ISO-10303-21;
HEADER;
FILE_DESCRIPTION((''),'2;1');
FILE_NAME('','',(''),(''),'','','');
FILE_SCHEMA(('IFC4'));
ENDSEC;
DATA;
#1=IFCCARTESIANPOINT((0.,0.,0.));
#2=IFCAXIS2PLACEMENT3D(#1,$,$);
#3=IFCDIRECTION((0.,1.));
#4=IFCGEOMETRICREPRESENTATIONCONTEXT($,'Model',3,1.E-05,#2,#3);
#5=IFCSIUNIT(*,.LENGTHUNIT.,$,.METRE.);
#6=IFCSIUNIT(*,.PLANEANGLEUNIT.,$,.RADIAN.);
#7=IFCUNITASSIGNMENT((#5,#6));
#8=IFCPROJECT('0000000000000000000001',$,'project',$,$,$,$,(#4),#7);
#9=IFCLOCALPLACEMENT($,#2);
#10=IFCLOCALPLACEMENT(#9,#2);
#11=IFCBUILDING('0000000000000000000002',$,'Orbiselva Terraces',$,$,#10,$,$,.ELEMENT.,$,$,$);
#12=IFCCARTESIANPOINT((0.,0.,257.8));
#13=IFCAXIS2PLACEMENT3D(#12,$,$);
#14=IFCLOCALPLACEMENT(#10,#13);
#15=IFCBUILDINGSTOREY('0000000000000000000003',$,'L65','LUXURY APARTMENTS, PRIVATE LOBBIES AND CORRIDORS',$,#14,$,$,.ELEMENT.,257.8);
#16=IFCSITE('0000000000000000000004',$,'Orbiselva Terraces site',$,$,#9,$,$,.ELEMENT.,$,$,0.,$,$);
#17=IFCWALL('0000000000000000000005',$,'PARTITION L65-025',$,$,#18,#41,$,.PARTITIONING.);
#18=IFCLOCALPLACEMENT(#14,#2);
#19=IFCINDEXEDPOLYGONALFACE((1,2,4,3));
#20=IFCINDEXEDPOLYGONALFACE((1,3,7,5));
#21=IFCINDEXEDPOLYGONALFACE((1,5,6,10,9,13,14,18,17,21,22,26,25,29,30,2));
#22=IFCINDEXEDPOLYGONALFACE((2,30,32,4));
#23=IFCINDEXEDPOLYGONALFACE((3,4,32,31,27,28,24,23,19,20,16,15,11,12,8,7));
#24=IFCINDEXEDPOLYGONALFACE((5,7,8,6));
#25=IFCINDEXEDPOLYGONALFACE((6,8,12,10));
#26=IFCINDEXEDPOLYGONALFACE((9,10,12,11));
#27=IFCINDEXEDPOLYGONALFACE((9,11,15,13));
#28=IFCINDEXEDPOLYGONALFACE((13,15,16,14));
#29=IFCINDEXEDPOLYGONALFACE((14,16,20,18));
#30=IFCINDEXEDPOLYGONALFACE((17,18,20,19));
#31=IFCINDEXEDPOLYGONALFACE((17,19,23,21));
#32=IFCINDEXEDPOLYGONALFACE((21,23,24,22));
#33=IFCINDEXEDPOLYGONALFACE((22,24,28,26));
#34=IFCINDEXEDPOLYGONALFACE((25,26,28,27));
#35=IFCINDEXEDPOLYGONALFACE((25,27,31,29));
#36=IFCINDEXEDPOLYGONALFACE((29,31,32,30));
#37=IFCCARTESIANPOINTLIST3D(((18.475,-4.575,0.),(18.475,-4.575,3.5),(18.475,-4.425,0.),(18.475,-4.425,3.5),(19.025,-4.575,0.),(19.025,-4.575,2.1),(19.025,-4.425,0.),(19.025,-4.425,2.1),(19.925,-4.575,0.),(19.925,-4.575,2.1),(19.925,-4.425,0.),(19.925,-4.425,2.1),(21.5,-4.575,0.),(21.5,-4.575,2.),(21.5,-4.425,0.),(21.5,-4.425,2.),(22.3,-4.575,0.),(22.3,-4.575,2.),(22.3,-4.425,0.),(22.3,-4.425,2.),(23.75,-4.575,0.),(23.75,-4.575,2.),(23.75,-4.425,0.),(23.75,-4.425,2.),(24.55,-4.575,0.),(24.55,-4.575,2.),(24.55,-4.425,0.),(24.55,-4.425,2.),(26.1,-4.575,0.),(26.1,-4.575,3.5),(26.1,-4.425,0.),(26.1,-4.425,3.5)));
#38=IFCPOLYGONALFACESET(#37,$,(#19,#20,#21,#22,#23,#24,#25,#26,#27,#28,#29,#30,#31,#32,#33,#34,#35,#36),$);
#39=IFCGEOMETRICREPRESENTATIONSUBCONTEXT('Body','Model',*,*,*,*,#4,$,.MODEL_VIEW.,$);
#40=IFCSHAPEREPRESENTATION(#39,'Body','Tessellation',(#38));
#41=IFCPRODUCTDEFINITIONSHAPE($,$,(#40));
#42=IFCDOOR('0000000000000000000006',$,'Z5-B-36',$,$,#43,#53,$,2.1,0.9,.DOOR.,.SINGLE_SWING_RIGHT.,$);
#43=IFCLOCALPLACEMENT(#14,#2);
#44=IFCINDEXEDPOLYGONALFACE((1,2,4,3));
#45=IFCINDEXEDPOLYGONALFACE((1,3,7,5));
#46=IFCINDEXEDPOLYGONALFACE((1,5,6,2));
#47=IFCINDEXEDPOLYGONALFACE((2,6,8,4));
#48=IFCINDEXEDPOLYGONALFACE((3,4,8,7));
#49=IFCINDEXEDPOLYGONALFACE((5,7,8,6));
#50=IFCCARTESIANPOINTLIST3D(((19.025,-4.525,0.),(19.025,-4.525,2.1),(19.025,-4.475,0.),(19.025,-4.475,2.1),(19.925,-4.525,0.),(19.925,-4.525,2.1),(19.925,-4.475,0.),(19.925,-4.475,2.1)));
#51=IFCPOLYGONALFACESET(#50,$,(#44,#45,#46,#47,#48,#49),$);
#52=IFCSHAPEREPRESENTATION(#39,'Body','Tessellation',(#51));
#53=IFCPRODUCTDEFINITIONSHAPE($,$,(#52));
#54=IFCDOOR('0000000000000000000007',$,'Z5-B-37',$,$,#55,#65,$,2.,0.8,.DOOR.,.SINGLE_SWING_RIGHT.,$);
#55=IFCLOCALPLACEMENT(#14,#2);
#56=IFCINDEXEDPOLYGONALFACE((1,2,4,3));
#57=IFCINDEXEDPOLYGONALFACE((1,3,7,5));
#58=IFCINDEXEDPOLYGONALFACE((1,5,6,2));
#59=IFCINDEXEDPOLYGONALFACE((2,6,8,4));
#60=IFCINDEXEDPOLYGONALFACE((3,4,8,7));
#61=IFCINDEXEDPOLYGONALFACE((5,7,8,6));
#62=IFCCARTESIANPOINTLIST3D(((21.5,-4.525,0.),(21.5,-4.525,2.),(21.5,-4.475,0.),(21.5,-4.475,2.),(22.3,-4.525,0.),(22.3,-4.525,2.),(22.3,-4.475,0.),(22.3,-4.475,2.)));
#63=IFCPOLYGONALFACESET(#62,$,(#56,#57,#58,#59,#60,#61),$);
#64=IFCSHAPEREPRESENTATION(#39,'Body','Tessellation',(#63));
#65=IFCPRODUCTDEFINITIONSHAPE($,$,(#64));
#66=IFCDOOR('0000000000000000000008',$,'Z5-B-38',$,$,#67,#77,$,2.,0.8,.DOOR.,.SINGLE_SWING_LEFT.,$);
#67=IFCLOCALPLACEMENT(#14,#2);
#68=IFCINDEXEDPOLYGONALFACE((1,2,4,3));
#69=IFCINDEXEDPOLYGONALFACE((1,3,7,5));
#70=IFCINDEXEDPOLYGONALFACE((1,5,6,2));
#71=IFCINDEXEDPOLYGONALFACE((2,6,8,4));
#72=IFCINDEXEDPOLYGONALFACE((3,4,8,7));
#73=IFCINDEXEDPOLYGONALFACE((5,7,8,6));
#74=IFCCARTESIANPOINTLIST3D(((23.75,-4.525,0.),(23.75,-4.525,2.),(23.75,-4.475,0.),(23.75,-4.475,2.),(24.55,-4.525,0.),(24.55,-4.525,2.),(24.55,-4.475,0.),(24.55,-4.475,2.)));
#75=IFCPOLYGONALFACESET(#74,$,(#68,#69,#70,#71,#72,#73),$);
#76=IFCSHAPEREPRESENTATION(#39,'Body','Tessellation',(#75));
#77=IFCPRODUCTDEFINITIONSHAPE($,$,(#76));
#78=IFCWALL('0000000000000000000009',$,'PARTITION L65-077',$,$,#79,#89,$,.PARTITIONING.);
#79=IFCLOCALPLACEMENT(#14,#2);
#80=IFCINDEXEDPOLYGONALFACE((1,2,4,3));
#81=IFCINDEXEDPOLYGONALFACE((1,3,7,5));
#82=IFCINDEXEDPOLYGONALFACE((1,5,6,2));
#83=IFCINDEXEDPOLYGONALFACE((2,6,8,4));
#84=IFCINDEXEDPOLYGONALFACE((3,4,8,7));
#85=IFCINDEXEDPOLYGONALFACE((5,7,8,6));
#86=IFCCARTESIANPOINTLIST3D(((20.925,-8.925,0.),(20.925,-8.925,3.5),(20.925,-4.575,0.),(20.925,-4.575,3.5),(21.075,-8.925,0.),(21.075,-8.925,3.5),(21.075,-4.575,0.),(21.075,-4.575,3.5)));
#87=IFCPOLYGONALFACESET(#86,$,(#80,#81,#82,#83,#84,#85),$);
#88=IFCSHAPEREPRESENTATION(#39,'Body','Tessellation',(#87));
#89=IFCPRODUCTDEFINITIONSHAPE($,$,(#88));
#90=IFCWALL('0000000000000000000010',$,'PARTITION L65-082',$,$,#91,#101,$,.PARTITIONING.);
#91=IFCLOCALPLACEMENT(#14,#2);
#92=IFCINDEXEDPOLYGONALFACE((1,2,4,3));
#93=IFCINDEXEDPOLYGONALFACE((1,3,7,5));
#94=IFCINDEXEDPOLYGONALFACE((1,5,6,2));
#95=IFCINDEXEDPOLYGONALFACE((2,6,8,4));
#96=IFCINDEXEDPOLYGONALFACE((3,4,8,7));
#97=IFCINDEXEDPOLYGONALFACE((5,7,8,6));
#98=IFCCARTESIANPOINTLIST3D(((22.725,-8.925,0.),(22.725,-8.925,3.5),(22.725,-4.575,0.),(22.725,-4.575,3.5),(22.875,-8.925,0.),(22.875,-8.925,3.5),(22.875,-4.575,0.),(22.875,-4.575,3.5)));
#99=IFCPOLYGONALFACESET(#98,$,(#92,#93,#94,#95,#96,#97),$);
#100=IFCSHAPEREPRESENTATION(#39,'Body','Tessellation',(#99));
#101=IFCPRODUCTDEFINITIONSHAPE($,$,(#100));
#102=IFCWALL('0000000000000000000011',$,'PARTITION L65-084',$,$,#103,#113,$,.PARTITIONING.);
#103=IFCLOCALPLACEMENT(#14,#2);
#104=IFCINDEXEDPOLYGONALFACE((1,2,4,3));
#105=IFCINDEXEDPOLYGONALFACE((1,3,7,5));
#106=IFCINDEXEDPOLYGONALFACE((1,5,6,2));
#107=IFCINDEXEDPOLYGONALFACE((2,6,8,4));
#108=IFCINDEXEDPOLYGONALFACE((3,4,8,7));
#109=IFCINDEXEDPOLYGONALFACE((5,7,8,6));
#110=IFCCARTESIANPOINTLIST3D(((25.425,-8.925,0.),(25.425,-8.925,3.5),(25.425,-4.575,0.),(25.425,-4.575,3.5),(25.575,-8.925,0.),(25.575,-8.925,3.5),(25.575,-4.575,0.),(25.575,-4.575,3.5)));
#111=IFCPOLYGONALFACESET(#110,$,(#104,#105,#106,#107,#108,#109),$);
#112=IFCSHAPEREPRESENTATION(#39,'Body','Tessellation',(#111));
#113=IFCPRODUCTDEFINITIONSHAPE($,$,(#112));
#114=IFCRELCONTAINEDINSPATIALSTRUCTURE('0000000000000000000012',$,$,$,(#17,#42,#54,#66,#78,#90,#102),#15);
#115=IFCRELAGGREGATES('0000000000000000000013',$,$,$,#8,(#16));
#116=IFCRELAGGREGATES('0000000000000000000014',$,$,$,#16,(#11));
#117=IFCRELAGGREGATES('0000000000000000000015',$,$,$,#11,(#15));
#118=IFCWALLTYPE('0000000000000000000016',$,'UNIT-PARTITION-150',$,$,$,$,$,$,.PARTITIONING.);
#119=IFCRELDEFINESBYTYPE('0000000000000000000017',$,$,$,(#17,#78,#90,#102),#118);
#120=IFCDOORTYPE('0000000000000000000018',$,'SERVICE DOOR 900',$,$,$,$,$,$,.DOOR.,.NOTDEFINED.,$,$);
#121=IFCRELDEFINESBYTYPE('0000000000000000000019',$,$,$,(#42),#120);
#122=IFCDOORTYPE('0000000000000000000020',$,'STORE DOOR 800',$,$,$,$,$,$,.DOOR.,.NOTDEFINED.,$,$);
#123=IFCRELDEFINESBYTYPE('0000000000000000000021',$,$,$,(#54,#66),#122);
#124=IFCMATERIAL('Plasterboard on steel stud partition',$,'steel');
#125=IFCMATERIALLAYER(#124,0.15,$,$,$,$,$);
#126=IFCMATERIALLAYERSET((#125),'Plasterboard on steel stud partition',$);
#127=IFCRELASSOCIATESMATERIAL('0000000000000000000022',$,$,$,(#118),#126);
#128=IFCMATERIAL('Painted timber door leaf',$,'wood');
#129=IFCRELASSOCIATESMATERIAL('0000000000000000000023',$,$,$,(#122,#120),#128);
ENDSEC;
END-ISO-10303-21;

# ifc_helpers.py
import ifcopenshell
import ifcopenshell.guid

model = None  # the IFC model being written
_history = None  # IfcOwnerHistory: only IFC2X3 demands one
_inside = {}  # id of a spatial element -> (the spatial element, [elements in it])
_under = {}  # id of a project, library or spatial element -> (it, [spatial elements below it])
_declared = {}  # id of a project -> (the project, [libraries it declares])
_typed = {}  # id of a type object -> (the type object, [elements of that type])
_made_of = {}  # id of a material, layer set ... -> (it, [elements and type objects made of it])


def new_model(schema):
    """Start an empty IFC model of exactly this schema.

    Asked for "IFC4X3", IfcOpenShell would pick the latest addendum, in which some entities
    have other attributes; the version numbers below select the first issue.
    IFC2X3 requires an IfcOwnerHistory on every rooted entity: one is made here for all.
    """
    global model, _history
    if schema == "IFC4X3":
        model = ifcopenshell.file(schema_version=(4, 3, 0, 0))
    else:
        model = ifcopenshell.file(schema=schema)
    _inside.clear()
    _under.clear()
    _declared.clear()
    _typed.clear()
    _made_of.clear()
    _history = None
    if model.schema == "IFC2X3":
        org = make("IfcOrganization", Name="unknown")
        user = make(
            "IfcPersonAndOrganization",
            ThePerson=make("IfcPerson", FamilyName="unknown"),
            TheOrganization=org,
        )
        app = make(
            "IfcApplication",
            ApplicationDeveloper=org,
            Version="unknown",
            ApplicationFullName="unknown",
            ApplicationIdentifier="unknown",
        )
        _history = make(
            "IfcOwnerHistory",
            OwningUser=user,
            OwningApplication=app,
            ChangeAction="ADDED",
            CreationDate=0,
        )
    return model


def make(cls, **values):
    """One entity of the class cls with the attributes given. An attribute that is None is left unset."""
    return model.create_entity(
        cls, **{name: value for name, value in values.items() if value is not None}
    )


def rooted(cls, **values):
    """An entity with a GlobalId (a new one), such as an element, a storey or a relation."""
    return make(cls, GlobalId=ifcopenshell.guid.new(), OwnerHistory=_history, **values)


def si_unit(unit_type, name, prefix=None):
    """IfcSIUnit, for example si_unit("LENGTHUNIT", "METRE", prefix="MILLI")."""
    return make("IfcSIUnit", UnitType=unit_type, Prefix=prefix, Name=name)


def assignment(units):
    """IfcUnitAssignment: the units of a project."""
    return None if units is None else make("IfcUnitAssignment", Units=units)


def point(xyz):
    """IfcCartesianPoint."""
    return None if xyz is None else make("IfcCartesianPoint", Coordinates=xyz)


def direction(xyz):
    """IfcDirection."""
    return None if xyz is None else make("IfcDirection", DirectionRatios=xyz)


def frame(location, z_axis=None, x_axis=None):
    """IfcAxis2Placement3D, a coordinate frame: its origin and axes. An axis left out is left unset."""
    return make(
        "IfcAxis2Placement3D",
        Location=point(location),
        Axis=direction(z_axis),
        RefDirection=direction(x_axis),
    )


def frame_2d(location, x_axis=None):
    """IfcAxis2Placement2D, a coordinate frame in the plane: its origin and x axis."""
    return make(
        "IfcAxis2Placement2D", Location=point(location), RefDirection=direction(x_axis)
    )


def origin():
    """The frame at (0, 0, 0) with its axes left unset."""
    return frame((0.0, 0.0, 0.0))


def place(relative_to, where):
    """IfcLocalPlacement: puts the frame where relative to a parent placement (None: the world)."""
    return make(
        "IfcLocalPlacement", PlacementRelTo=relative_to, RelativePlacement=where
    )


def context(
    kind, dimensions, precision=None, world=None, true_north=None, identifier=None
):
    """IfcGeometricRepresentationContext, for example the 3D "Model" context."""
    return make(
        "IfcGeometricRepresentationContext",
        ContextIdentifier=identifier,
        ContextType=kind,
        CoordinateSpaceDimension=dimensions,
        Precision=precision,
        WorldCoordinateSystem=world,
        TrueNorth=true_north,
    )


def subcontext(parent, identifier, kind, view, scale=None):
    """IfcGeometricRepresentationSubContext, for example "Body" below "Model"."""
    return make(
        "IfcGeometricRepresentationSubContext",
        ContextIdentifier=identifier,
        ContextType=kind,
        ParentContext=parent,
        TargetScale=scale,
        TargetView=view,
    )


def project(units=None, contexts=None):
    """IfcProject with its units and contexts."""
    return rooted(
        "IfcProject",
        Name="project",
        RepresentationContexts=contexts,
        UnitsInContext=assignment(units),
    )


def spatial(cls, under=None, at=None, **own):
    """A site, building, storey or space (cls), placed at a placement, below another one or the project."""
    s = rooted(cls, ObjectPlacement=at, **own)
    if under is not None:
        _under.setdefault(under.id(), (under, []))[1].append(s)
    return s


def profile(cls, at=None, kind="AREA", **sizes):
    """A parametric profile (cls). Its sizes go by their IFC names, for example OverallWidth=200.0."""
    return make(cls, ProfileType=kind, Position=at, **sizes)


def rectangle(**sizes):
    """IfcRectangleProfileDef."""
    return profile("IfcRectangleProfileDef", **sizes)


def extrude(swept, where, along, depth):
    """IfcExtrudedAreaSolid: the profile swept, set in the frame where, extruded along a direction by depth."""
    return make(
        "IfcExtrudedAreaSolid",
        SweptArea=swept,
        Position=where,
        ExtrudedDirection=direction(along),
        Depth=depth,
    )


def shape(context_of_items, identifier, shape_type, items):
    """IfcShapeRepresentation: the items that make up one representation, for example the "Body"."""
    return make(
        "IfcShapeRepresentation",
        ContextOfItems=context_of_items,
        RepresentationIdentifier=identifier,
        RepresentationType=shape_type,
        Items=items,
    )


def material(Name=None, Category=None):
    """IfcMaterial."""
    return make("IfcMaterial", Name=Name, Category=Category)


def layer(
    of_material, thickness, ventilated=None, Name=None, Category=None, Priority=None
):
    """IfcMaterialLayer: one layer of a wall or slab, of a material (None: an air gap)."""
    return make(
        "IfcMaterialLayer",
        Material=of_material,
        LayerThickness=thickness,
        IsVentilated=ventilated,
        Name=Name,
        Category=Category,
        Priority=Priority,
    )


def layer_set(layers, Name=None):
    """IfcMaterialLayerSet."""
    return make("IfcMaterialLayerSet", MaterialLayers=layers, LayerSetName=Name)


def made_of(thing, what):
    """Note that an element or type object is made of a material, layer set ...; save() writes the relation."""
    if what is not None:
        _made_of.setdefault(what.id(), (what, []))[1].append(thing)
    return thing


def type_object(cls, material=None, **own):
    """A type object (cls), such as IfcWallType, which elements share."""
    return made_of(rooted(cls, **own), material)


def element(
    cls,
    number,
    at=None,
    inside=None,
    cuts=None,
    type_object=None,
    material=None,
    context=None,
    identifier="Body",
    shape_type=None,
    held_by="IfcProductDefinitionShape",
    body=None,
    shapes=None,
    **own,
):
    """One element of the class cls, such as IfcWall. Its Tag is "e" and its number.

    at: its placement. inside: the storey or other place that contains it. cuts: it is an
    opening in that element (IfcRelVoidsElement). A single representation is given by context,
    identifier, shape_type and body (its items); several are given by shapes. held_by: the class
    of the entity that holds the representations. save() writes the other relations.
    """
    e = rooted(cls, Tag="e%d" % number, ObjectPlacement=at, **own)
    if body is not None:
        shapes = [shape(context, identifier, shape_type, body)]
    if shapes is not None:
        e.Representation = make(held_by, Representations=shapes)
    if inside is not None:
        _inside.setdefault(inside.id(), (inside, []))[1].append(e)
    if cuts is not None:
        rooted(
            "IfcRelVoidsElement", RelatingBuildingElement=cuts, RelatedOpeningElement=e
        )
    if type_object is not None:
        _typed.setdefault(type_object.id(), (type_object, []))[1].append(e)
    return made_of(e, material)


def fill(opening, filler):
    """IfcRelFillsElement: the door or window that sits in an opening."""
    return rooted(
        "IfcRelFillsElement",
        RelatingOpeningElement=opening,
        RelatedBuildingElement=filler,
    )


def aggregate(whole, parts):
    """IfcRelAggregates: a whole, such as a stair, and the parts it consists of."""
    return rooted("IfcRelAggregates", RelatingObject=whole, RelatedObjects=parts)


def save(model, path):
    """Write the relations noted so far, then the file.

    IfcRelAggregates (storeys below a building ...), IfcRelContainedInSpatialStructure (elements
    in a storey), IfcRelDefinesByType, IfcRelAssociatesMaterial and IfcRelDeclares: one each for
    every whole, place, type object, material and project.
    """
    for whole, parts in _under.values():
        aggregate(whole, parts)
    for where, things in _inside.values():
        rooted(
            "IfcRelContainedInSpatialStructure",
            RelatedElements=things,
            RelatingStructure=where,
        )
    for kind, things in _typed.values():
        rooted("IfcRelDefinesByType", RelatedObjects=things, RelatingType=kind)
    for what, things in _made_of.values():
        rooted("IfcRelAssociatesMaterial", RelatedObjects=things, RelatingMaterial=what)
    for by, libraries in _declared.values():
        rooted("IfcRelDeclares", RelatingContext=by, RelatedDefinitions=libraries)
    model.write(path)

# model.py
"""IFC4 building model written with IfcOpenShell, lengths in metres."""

from ifc_helpers import new_model, si_unit, direction, frame, frame_2d, origin, place, context, subcontext, project, spatial, rectangle, extrude, material, layer, layer_set, type_object, element, fill, save


model = new_model("IFC4")

# Units and contexts
model_context = context("Model", 3, precision=1e-05, world=origin(), true_north=direction((0.0, 1.0)))
body_context = subcontext(model_context, "Body", "Model", "MODEL_VIEW")
ifc_project = project(units=[si_unit("LENGTHUNIT", "METRE"), si_unit("PLANEANGLEUNIT", "RADIAN")], contexts=[model_context])

# Site, building, storey
site_placement = place(None, origin())
site = spatial("IfcSite", under=ifc_project, at=site_placement, Name="Orbiselva Terraces site", CompositionType="ELEMENT", RefElevation=0.0)
building_placement = place(site_placement, origin())
building = spatial("IfcBuilding", under=site, at=building_placement, Name="Orbiselva Terraces", CompositionType="ELEMENT")
storey_placement = place(building_placement, frame((0.0, 0.0, 257.8)))
storey = spatial("IfcBuildingStorey", under=building, at=storey_placement, Name="L65", Description="LUXURY APARTMENTS, PRIVATE LOBBIES AND CORRIDORS", CompositionType="ELEMENT", Elevation=257.8)

# Shared definitions
ifc_material_1 = material(Name="Plasterboard on steel stud partition", Category="steel")

# Shared definitions
ifc_layer_1 = layer(ifc_material_1, 0.15)
ifc_layer_set_1 = layer_set([ifc_layer_1], Name="Plasterboard on steel stud partition")
wall_type_1 = type_object("IfcWallType", Name="UNIT-PARTITION-150", PredefinedType="PARTITIONING", material=ifc_layer_set_1)
ifc_material_2 = material(Name="Painted timber door leaf", Category="wood")
door_type_1 = type_object("IfcDoorType", Name="STORE DOOR 800", OperationType="NOTDEFINED", PredefinedType="DOOR", material=ifc_material_2)

# Wall, openings, doors
wall_1_placement = place(storey_placement, frame((26.1, -4.5, 0.0), z_axis=(0.0, 0.0, 1.0), x_axis=(-1.0, 0.0, 0.0)))
wall_1 = element("IfcWall", 1, at=wall_1_placement, inside=storey, type_object=wall_type_1, Name="PARTITION L65-025", PredefinedType="PARTITIONING", context=body_context, shape_type="SweptSolid", body=[
    extrude(rectangle(XDim=7.625, YDim=0.15, at=frame_2d((3.8125, 0.0))), origin(), (0.0, 0.0, 1.0), 3.5),
])
opening_1_placement = place(wall_1_placement, frame((6.175, 0.0, 0.0)))
opening_1 = element("IfcOpeningElement", 2, at=opening_1_placement, cuts=wall_1, PredefinedType="OPENING", context=body_context, shape_type="SweptSolid", body=[
    extrude(rectangle(XDim=0.9, YDim=2.1, at=frame_2d((0.45, 1.05))), frame((0.0, 0.085, 0.0), z_axis=(0.0, -1.0, 0.0), x_axis=(1.0, 0.0, 0.0)), (0.0, 0.0, 1.0), 0.17),
])
opening_2_placement = place(wall_1_placement, frame((3.8, 0.0, 0.0)))
opening_2 = element("IfcOpeningElement", 3, at=opening_2_placement, cuts=wall_1, PredefinedType="OPENING", context=body_context, shape_type="SweptSolid", body=[
    extrude(rectangle(XDim=0.8, YDim=2.0, at=frame_2d((0.4, 1.0))), frame((0.0, 0.085, 0.0), z_axis=(0.0, -1.0, 0.0), x_axis=(1.0, 0.0, 0.0)), (0.0, 0.0, 1.0), 0.17),
])
opening_3_placement = place(wall_1_placement, frame((1.55, 0.0, 0.0)))
opening_3 = element("IfcOpeningElement", 4, at=opening_3_placement, cuts=wall_1, PredefinedType="OPENING", context=body_context, shape_type="SweptSolid", body=[
    extrude(rectangle(XDim=0.8, YDim=2.0, at=frame_2d((0.4, 1.0))), frame((0.0, 0.085, 0.0), z_axis=(0.0, -1.0, 0.0), x_axis=(1.0, 0.0, 0.0)), (0.0, 0.0, 1.0), 0.17),
])
door_type_2 = type_object("IfcDoorType", Name="SERVICE DOOR 900", OperationType="NOTDEFINED", PredefinedType="DOOR", material=ifc_material_2)
door_1_placement = place(opening_1_placement, origin())
door_1 = element("IfcDoor", 5, at=door_1_placement, inside=storey, type_object=door_type_2, Name="Z5-B-36", OperationType="SINGLE_SWING_RIGHT", OverallHeight=2.1, OverallWidth=0.9, PredefinedType="DOOR", context=body_context, shape_type="SweptSolid", body=[
    extrude(rectangle(XDim=0.9, YDim=2.1, at=frame_2d((0.45, 1.05))), frame((0.0, 0.025, 0.0), z_axis=(0.0, -1.0, 0.0), x_axis=(1.0, 0.0, 0.0)), (0.0, 0.0, 1.0), 0.05),
])
fill(opening_1, door_1)
door_2_placement = place(opening_2_placement, origin())
door_2 = element("IfcDoor", 6, at=door_2_placement, inside=storey, type_object=door_type_1, Name="Z5-B-37", OperationType="SINGLE_SWING_RIGHT", OverallHeight=2.0, OverallWidth=0.8, PredefinedType="DOOR", context=body_context, shape_type="SweptSolid", body=[
    extrude(rectangle(XDim=0.8, YDim=2.0, at=frame_2d((0.4, 1.0))), frame((0.0, 0.025, 0.0), z_axis=(0.0, -1.0, 0.0), x_axis=(1.0, 0.0, 0.0)), (0.0, 0.0, 1.0), 0.05),
])
fill(opening_2, door_2)
door_3_placement = place(opening_3_placement, origin())
door_3 = element("IfcDoor", 7, at=door_3_placement, inside=storey, type_object=door_type_1, Name="Z5-B-38", OperationType="SINGLE_SWING_LEFT", OverallHeight=2.0, OverallWidth=0.8, PredefinedType="DOOR", context=body_context, shape_type="SweptSolid", body=[
    extrude(rectangle(XDim=0.8, YDim=2.0, at=frame_2d((0.4, 1.0))), frame((0.0, 0.025, 0.0), z_axis=(0.0, -1.0, 0.0), x_axis=(1.0, 0.0, 0.0)), (0.0, 0.0, 1.0), 0.05),
])
fill(opening_3, door_3)

# Walls
for number, where, z_axis, x_axis, name in (
    (8, (21.0, -8.925, 0.0), (0.0, 0.0, 1.0), (0.0, 1.0, 0.0), "PARTITION L65-077"),
    (9, (22.8, -8.925, 0.0), (0.0, 0.0, 1.0), (0.0, 1.0, 0.0), "PARTITION L65-082"),
    (10, (25.5, -8.925, 0.0), (0.0, 0.0, 1.0), (0.0, 1.0, 0.0), "PARTITION L65-084"),
):
    element("IfcWall", number, at=place(storey_placement, frame(where, z_axis=z_axis, x_axis=x_axis)), inside=storey, type_object=wall_type_1, Name=name, PredefinedType="PARTITIONING", context=body_context, shape_type="SweptSolid", body=[
        extrude(rectangle(XDim=4.35, YDim=0.15, at=frame_2d((2.175, 0.0))), origin(), (0.0, 0.0, 1.0), 3.5),
    ])

save(model, "model.ifc")
